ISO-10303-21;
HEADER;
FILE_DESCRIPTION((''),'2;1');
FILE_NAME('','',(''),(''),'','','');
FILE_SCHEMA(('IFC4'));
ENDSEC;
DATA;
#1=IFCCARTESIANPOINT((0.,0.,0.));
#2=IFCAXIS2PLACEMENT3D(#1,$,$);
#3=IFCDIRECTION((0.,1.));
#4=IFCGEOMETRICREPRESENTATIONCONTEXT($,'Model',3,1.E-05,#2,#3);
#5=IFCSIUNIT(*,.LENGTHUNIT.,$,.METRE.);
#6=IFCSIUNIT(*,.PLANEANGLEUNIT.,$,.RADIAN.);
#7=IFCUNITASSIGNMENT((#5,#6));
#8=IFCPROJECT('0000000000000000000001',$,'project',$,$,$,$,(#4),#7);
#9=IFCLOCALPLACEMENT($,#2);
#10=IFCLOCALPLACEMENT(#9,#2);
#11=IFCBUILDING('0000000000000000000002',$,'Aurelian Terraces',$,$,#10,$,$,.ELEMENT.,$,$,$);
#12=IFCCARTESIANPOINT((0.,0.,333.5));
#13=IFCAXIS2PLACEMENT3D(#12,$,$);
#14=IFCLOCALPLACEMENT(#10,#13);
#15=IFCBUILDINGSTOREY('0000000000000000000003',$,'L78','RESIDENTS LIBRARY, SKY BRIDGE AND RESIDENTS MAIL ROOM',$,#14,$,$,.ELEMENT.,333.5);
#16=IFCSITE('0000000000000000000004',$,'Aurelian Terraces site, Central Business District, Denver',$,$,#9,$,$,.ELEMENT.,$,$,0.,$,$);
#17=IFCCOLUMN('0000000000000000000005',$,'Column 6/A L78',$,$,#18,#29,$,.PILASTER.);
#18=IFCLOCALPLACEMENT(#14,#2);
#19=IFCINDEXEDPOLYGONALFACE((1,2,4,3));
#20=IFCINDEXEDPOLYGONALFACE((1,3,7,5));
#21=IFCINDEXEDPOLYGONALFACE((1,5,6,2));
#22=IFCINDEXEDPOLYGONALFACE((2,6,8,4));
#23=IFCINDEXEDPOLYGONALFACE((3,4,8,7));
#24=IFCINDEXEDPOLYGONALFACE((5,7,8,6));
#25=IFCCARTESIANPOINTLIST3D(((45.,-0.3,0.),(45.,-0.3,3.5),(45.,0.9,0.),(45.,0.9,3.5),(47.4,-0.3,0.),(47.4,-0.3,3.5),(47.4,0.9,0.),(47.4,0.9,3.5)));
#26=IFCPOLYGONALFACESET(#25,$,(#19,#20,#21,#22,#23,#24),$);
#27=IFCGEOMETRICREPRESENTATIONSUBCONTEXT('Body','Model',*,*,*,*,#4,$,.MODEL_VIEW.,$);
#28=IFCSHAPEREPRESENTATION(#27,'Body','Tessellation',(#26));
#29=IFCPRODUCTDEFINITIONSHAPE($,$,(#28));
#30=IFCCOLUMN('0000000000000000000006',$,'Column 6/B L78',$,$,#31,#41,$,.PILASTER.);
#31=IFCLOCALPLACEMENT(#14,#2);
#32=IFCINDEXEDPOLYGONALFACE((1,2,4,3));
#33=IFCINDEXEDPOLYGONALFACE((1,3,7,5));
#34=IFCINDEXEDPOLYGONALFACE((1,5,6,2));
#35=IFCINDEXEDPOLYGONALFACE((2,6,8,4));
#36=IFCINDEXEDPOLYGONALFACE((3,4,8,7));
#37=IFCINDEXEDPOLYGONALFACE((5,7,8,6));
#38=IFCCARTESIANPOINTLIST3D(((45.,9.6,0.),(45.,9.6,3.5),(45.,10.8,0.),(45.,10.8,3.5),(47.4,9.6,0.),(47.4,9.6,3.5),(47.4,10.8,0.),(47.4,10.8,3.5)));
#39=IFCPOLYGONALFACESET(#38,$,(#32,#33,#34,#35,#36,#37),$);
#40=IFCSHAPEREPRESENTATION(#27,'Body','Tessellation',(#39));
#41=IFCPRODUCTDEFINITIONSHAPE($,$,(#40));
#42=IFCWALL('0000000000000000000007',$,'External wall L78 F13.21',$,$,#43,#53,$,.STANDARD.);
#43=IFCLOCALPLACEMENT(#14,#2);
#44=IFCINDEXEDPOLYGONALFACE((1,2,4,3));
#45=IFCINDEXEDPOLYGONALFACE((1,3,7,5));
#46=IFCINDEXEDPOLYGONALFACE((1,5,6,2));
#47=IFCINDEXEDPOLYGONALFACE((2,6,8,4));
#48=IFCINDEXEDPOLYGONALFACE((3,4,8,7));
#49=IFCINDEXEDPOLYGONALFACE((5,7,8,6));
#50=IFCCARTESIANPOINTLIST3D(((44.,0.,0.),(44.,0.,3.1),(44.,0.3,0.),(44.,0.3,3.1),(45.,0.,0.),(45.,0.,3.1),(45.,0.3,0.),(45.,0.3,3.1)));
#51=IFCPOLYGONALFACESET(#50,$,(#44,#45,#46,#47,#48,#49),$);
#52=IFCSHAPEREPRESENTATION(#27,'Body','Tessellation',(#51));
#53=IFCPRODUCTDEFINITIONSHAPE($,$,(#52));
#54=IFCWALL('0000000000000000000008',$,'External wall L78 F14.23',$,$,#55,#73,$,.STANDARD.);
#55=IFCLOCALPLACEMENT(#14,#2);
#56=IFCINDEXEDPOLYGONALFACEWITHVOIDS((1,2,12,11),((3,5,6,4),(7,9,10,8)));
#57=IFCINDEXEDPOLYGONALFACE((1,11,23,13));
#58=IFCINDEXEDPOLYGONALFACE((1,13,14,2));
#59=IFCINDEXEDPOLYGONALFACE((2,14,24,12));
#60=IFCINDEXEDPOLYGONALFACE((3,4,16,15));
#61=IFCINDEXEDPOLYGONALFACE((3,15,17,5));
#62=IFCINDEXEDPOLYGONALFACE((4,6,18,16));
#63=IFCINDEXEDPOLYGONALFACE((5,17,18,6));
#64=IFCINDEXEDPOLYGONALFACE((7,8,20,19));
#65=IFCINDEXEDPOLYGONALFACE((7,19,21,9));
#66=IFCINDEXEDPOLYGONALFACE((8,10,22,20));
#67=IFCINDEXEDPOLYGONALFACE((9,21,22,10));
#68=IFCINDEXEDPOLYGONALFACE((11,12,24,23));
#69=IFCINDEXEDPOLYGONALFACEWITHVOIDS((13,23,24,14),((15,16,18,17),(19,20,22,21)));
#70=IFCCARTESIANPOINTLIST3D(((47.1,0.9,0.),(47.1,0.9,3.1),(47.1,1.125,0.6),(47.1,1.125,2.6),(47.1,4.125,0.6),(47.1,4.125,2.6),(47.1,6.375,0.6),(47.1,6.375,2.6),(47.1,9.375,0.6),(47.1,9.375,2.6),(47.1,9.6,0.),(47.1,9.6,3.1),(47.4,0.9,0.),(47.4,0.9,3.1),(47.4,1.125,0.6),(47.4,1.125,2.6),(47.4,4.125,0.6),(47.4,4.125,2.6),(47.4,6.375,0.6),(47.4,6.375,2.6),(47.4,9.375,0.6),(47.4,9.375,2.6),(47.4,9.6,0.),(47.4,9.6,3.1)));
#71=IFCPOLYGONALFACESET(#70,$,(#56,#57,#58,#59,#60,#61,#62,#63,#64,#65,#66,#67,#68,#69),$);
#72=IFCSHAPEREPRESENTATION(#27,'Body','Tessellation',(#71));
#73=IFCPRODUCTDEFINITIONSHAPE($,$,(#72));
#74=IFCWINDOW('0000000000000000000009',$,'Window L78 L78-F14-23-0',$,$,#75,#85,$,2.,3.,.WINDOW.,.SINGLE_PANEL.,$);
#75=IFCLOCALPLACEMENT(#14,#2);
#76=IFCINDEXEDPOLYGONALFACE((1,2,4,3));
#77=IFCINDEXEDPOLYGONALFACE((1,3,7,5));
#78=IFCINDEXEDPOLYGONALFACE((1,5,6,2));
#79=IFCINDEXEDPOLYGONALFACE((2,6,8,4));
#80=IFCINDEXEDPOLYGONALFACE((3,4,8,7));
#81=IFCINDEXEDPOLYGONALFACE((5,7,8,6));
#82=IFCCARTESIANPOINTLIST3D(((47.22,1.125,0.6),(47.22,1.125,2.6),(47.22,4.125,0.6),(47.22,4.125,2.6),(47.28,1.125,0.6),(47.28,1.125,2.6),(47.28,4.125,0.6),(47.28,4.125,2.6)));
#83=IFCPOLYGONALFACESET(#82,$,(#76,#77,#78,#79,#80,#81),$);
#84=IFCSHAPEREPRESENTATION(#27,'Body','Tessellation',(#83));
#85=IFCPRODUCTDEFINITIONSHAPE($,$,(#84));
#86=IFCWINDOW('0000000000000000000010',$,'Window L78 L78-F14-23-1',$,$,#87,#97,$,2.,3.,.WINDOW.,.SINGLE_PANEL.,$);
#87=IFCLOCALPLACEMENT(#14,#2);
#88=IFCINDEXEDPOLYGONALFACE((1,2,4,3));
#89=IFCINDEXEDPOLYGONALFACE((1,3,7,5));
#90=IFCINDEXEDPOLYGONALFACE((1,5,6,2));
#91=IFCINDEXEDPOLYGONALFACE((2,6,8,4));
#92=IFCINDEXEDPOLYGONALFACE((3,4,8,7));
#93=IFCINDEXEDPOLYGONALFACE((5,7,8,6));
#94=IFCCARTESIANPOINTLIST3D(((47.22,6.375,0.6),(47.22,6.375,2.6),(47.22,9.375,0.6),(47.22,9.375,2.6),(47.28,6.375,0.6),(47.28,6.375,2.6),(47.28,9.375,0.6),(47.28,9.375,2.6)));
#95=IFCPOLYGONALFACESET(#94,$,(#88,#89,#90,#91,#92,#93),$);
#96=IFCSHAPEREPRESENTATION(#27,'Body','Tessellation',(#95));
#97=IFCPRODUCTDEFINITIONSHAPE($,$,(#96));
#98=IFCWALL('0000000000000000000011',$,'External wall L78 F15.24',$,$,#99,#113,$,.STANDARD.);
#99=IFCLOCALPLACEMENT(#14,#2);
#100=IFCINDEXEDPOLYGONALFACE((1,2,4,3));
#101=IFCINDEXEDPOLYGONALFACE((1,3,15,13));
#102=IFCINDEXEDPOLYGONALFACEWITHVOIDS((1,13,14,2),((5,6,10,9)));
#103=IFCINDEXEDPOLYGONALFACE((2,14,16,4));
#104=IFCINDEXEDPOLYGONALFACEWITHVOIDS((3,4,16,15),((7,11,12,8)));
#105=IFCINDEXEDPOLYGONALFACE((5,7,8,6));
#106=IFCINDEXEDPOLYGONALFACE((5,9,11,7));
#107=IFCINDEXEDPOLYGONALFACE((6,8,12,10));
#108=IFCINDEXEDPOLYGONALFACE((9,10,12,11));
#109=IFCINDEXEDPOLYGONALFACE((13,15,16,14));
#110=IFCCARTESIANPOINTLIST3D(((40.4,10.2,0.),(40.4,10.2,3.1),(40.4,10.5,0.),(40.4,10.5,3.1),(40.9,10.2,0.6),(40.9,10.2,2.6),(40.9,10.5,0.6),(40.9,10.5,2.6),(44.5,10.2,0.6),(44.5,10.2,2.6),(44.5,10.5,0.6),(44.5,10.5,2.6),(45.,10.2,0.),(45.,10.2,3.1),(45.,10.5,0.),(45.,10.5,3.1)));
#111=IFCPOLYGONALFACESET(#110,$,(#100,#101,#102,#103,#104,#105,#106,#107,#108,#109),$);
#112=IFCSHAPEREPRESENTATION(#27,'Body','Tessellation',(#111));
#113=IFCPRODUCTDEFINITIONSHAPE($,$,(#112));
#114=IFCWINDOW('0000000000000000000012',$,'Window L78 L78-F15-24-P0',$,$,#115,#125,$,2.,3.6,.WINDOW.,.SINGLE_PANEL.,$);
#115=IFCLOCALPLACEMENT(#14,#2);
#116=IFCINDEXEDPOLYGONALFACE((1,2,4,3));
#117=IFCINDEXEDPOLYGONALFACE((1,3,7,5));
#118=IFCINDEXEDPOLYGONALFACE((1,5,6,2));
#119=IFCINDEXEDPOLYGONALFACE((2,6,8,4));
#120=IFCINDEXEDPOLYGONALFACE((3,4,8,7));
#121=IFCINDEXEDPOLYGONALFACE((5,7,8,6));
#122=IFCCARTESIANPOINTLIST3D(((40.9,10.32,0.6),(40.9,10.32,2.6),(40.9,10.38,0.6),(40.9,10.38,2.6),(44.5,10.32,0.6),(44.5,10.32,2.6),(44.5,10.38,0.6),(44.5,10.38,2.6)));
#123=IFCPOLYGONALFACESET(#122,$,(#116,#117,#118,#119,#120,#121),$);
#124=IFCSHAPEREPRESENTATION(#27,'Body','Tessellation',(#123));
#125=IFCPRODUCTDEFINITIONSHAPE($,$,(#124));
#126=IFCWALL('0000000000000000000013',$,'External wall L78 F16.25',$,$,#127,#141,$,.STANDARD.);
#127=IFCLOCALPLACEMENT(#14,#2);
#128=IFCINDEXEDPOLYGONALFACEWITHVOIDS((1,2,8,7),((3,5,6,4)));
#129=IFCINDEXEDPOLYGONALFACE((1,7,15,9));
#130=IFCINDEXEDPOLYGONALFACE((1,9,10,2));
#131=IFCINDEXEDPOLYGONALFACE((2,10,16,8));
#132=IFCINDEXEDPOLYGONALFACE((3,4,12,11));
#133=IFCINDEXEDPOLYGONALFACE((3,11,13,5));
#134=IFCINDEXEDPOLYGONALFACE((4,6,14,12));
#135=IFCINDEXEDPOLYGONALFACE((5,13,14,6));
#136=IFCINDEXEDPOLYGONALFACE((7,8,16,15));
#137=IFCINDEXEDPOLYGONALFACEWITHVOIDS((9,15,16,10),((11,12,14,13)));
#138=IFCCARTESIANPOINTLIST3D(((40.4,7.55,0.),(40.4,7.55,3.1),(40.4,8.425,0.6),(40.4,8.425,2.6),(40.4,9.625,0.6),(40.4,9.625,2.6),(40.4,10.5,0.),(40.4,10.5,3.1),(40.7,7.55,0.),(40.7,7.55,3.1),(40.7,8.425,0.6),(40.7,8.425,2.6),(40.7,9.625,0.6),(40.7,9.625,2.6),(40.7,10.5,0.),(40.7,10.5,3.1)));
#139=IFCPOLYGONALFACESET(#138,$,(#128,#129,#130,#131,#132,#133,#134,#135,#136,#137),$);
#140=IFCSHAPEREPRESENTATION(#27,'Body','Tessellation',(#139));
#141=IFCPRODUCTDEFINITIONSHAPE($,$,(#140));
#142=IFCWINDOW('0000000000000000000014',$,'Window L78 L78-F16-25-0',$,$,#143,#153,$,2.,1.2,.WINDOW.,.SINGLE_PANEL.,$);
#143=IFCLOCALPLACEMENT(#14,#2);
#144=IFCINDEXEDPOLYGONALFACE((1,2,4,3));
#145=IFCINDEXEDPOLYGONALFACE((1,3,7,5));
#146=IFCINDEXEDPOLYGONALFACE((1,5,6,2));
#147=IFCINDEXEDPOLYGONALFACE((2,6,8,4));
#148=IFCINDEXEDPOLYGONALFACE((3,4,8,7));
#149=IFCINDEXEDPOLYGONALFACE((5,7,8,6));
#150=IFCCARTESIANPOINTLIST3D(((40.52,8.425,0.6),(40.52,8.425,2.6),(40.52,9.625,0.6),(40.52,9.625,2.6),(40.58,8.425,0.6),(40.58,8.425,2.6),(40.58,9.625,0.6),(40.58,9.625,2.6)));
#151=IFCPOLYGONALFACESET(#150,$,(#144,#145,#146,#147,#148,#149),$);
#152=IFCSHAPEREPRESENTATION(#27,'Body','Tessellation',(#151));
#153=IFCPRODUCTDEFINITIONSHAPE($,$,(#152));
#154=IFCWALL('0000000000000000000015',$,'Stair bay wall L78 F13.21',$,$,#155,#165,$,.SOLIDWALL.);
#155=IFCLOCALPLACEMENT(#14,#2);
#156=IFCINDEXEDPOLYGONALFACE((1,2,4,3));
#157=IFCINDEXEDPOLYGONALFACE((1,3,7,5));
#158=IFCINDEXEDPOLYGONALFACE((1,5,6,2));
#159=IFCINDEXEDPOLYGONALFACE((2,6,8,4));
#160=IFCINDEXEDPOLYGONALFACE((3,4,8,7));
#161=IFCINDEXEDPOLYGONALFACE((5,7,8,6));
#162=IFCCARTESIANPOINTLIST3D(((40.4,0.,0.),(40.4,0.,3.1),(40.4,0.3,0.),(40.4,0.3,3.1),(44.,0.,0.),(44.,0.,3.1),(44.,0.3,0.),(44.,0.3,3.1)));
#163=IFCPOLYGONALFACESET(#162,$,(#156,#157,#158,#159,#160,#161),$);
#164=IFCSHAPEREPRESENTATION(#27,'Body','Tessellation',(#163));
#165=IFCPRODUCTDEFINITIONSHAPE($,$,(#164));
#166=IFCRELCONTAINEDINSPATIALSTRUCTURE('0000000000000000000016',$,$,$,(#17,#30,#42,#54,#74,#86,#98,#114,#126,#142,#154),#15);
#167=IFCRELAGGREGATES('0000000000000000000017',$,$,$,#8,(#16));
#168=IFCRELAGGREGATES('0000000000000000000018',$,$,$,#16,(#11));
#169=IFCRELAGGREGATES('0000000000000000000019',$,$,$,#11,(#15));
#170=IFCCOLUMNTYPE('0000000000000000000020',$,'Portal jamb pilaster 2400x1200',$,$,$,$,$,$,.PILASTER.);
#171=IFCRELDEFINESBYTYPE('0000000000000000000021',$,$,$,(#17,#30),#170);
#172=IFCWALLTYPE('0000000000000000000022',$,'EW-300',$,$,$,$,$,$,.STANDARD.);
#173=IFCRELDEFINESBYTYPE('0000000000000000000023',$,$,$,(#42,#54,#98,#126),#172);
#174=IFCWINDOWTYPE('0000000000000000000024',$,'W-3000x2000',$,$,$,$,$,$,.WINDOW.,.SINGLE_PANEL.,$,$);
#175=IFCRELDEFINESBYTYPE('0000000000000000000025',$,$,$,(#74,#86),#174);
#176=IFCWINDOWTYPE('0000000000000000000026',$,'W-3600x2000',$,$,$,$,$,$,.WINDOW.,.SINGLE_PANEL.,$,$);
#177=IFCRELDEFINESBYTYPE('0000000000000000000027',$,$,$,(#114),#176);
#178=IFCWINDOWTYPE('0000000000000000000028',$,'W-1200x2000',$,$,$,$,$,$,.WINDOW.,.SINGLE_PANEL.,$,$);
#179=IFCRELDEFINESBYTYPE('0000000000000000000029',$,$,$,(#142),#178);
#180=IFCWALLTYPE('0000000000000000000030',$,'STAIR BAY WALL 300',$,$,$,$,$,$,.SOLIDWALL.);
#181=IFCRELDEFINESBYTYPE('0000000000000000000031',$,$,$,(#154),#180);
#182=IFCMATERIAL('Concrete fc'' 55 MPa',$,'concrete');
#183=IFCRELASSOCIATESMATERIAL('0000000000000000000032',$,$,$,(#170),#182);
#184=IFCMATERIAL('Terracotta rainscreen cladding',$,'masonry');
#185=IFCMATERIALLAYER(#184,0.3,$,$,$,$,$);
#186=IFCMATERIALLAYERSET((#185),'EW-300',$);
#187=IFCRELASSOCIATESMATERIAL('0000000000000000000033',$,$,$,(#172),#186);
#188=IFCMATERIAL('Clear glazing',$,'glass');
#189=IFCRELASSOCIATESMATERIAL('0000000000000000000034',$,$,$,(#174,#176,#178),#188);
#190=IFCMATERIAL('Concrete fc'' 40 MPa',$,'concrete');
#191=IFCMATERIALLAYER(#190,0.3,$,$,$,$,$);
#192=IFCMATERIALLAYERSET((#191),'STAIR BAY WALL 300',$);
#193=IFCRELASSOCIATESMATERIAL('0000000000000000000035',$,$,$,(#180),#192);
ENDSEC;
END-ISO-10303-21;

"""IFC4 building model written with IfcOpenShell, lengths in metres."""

from ifc_helpers import new_model, si_unit, direction, frame, frame_2d, origin, origin_2d, place, context, subcontext, project, spatial, rectangle, extrude, source, transform, mapped, material, layer, layer_set, material_profile, profile_set, type_object, element, fill, save


model = new_model("IFC4")

# Units and contexts
model_context = context("Model", 3, precision=1e-05, world=origin(), true_north=direction((0.0, 1.0)))
body_context = subcontext(model_context, "Body", "Model", "MODEL_VIEW")
ifc_project = project(units=[si_unit("LENGTHUNIT", "METRE"), si_unit("PLANEANGLEUNIT", "RADIAN")], contexts=[model_context])

# Site, building, storey
site_placement = place(None, origin())
site = spatial("IfcSite", under=ifc_project, at=site_placement, Name="Aurelian Terraces site, Central Business District, Denver", CompositionType="ELEMENT", RefElevation=0.0)
building_placement = place(site_placement, origin())
building = spatial("IfcBuilding", under=site, at=building_placement, Name="Aurelian Terraces", CompositionType="ELEMENT")
storey_placement = place(building_placement, frame((0.0, 0.0, 333.5)))
storey = spatial("IfcBuildingStorey", under=building, at=storey_placement, Name="L78", Description="RESIDENTS LIBRARY, SKY BRIDGE AND RESIDENTS MAIL ROOM", CompositionType="ELEMENT", Elevation=333.5)

# Columns
ifc_material_1 = material(Name="Concrete fc' 55 MPa", Category="concrete")
ifc_material_profile = material_profile(ifc_material_1, rectangle(XDim=2.4, YDim=1.2, at=origin_2d()))
ifc_profile_set = profile_set([ifc_material_profile], Name="Concrete fc' 55 MPa")
column_type = type_object("IfcColumnType", Name="Portal jamb pilaster 2400x1200", PredefinedType="PILASTER", material=ifc_profile_set)
shared_shape_1 = source(origin(), body_context, "Body", "SweptSolid", [
    extrude(rectangle(XDim=2.4, YDim=1.2, at=origin_2d()), origin(), (0.0, 0.0, 1.0), 3.5),
])
for number, where, z_axis, x_axis, name in (
    (1, (46.2, 0.3, 0.0), (0.0, 0.0, 1.0), (1.0, 0.0, 0.0), "Column 6/A L78"),
    (2, (46.2, 10.2, 0.0), (0.0, 0.0, 1.0), (1.0, 0.0, 0.0), "Column 6/B L78"),
):
    element("IfcColumn", number, at=place(storey_placement, frame(where, z_axis=z_axis, x_axis=x_axis)), inside=storey, type_object=column_type, Name=name, PredefinedType="PILASTER", context=body_context, shape_type="MappedRepresentation", body=[
        mapped(shared_shape_1, transform((0.0, 0.0, 0.0), scale=1.0)),
    ])

# Wall
ifc_material_2 = material(Name="Terracotta rainscreen cladding", Category="masonry")
ifc_layer_1 = layer(ifc_material_2, 0.3)
ifc_layer_set_1 = layer_set([ifc_layer_1], Name="EW-300")
wall_type_1 = type_object("IfcWallType", Name="EW-300", PredefinedType="STANDARD", material=ifc_layer_set_1)
wall_1_placement = place(storey_placement, frame((44.0, 0.15, 0.0), z_axis=(0.0, 0.0, 1.0), x_axis=(1.0, 0.0, 0.0)))
element("IfcWall", 3, at=wall_1_placement, inside=storey, type_object=wall_type_1, Name="External wall L78 F13.21", PredefinedType="STANDARD", context=body_context, shape_type="SweptSolid", body=[
    extrude(rectangle(XDim=1.0, YDim=0.3, at=frame_2d((0.5, 0.0))), origin(), (0.0, 0.0, 1.0), 3.1),
])

# Wall, openings, windows
wall_2_placement = place(storey_placement, frame((47.25, 0.9, 0.0), z_axis=(0.0, 0.0, 1.0), x_axis=(0.0, 1.0, 0.0)))
wall_2 = element("IfcWall", 4, at=wall_2_placement, inside=storey, type_object=wall_type_1, Name="External wall L78 F14.23", PredefinedType="STANDARD", context=body_context, shape_type="SweptSolid", body=[
    extrude(rectangle(XDim=8.7, YDim=0.3, at=frame_2d((4.35, 0.0))), origin(), (0.0, 0.0, 1.0), 3.1),
])
shared_shape_2 = source(origin(), body_context, "Body", "SweptSolid", [
    extrude(rectangle(XDim=3.0, YDim=2.0, at=frame_2d((1.5, 1.0))), frame((0.0, 0.16, 0.0), z_axis=(0.0, -1.0, 0.0), x_axis=(1.0, 0.0, 0.0)), (0.0, 0.0, 1.0), 0.32),
])
opening_1_placement = place(wall_2_placement, frame((0.225, 0.0, 0.6)))
opening_1 = element("IfcOpeningElement", 5, at=opening_1_placement, cuts=wall_2, PredefinedType="OPENING", context=body_context, shape_type="MappedRepresentation", body=[
    mapped(shared_shape_2, transform((0.0, 0.0, 0.0), scale=1.0)),
])
opening_2_placement = place(wall_2_placement, frame((5.475, 0.0, 0.6)))
opening_2 = element("IfcOpeningElement", 6, at=opening_2_placement, cuts=wall_2, PredefinedType="OPENING", context=body_context, shape_type="MappedRepresentation", body=[
    mapped(shared_shape_2, transform((0.0, 0.0, 0.0), scale=1.0)),
])
ifc_material_3 = material(Name="Clear glazing", Category="glass")
window_type_1 = type_object("IfcWindowType", Name="W-3000x2000", PartitioningType="SINGLE_PANEL", PredefinedType="WINDOW", material=ifc_material_3)
shared_shape_3 = source(origin(), body_context, "Body", "SweptSolid", [
    extrude(rectangle(XDim=3.0, YDim=2.0, at=frame_2d((1.5, 1.0))), frame((0.0, 0.03, 0.0), z_axis=(0.0, -1.0, 0.0), x_axis=(1.0, 0.0, 0.0)), (0.0, 0.0, 1.0), 0.06),
])
window_1_placement = place(opening_1_placement, origin())
window_1 = element("IfcWindow", 7, at=window_1_placement, inside=storey, type_object=window_type_1, Name="Window L78 L78-F14-23-0", OverallHeight=2.0, OverallWidth=3.0, PartitioningType="SINGLE_PANEL", PredefinedType="WINDOW", context=body_context, shape_type="MappedRepresentation", body=[
    mapped(shared_shape_3, transform((0.0, 0.0, 0.0), scale=1.0)),
])
fill(opening_1, window_1)
window_2_placement = place(opening_2_placement, origin())
window_2 = element("IfcWindow", 8, at=window_2_placement, inside=storey, type_object=window_type_1, Name="Window L78 L78-F14-23-1", OverallHeight=2.0, OverallWidth=3.0, PartitioningType="SINGLE_PANEL", PredefinedType="WINDOW", context=body_context, shape_type="MappedRepresentation", body=[
    mapped(shared_shape_3, transform((0.0, 0.0, 0.0), scale=1.0)),
])
fill(opening_2, window_2)

# Walls, openings, windows
wall_3_placement = place(storey_placement, frame((45.0, 10.35, 0.0), z_axis=(0.0, 0.0, 1.0), x_axis=(-1.0, 0.0, 0.0)))
wall_3 = element("IfcWall", 9, at=wall_3_placement, inside=storey, type_object=wall_type_1, Name="External wall L78 F15.24", PredefinedType="STANDARD", context=body_context, shape_type="SweptSolid", body=[
    extrude(rectangle(XDim=4.6, YDim=0.3, at=frame_2d((2.3, 0.0))), origin(), (0.0, 0.0, 1.0), 3.1),
])
shared_shape_4 = source(origin(), body_context, "Body", "SweptSolid", [
    extrude(rectangle(XDim=3.6, YDim=2.0, at=frame_2d((1.8, 1.0))), frame((0.0, 0.16, 0.0), z_axis=(0.0, -1.0, 0.0), x_axis=(1.0, 0.0, 0.0)), (0.0, 0.0, 1.0), 0.32),
])
opening_3_placement = place(wall_3_placement, frame((0.5, 0.0, 0.6)))
opening_3 = element("IfcOpeningElement", 10, at=opening_3_placement, cuts=wall_3, PredefinedType="OPENING", context=body_context, shape_type="MappedRepresentation", body=[
    mapped(shared_shape_4, transform((0.0, 0.0, 0.0), scale=1.0)),
])
window_type_2 = type_object("IfcWindowType", Name="W-3600x2000", PartitioningType="SINGLE_PANEL", PredefinedType="WINDOW", material=ifc_material_3)
shared_shape_5 = source(origin(), body_context, "Body", "SweptSolid", [
    extrude(rectangle(XDim=3.6, YDim=2.0, at=frame_2d((1.8, 1.0))), frame((0.0, 0.03, 0.0), z_axis=(0.0, -1.0, 0.0), x_axis=(1.0, 0.0, 0.0)), (0.0, 0.0, 1.0), 0.06),
])
window_3_placement = place(opening_3_placement, origin())
window_3 = element("IfcWindow", 11, at=window_3_placement, inside=storey, type_object=window_type_2, Name="Window L78 L78-F15-24-P0", OverallHeight=2.0, OverallWidth=3.6, PartitioningType="SINGLE_PANEL", PredefinedType="WINDOW", context=body_context, shape_type="MappedRepresentation", body=[
    mapped(shared_shape_5, transform((0.0, 0.0, 0.0), scale=1.0)),
])
fill(opening_3, window_3)
wall_4_placement = place(storey_placement, frame((40.55, 10.5, 0.0), z_axis=(0.0, 0.0, 1.0), x_axis=(0.0, -1.0, 0.0)))
wall_4 = element("IfcWall", 12, at=wall_4_placement, inside=storey, type_object=wall_type_1, Name="External wall L78 F16.25", PredefinedType="STANDARD", context=body_context, shape_type="SweptSolid", body=[
    extrude(rectangle(XDim=2.95, YDim=0.3, at=frame_2d((1.475, 0.0))), origin(), (0.0, 0.0, 1.0), 3.1),
])
shared_shape_6 = source(origin(), body_context, "Body", "SweptSolid", [
    extrude(rectangle(XDim=1.2, YDim=2.0, at=frame_2d((0.6, 1.0))), frame((0.0, 0.16, 0.0), z_axis=(0.0, -1.0, 0.0), x_axis=(1.0, 0.0, 0.0)), (0.0, 0.0, 1.0), 0.32),
])
opening_4_placement = place(wall_4_placement, frame((0.875, 0.0, 0.6)))
opening_4 = element("IfcOpeningElement", 13, at=opening_4_placement, cuts=wall_4, PredefinedType="OPENING", context=body_context, shape_type="MappedRepresentation", body=[
    mapped(shared_shape_6, transform((0.0, 0.0, 0.0), scale=1.0)),
])
window_type_3 = type_object("IfcWindowType", Name="W-1200x2000", PartitioningType="SINGLE_PANEL", PredefinedType="WINDOW", material=ifc_material_3)
shared_shape_7 = source(origin(), body_context, "Body", "SweptSolid", [
    extrude(rectangle(XDim=1.2, YDim=2.0, at=frame_2d((0.6, 1.0))), frame((0.0, 0.03, 0.0), z_axis=(0.0, -1.0, 0.0), x_axis=(1.0, 0.0, 0.0)), (0.0, 0.0, 1.0), 0.06),
])
window_4_placement = place(opening_4_placement, origin())
window_4 = element("IfcWindow", 14, at=window_4_placement, inside=storey, type_object=window_type_3, Name="Window L78 L78-F16-25-0", OverallHeight=2.0, OverallWidth=1.2, PartitioningType="SINGLE_PANEL", PredefinedType="WINDOW", context=body_context, shape_type="MappedRepresentation", body=[
    mapped(shared_shape_7, transform((0.0, 0.0, 0.0), scale=1.0)),
])
fill(opening_4, window_4)

# Wall
ifc_material_4 = material(Name="Concrete fc' 40 MPa", Category="concrete")
ifc_layer_2 = layer(ifc_material_4, 0.3)
ifc_layer_set_2 = layer_set([ifc_layer_2], Name="STAIR BAY WALL 300")
wall_type_2 = type_object("IfcWallType", Name="STAIR BAY WALL 300", PredefinedType="SOLIDWALL", material=ifc_layer_set_2)
wall_5_placement = place(storey_placement, frame((40.4, 0.15, 0.0), z_axis=(0.0, 0.0, 1.0), x_axis=(1.0, 0.0, 0.0)))
element("IfcWall", 15, at=wall_5_placement, inside=storey, type_object=wall_type_2, Name="Stair bay wall L78 F13.21", PredefinedType="SOLIDWALL", context=body_context, shape_type="SweptSolid", body=[
    extrude(rectangle(XDim=3.6, YDim=0.3, at=frame_2d((1.8, 0.0))), origin(), (0.0, 0.0, 1.0), 3.1),
])

save(model, "model.ifc")
